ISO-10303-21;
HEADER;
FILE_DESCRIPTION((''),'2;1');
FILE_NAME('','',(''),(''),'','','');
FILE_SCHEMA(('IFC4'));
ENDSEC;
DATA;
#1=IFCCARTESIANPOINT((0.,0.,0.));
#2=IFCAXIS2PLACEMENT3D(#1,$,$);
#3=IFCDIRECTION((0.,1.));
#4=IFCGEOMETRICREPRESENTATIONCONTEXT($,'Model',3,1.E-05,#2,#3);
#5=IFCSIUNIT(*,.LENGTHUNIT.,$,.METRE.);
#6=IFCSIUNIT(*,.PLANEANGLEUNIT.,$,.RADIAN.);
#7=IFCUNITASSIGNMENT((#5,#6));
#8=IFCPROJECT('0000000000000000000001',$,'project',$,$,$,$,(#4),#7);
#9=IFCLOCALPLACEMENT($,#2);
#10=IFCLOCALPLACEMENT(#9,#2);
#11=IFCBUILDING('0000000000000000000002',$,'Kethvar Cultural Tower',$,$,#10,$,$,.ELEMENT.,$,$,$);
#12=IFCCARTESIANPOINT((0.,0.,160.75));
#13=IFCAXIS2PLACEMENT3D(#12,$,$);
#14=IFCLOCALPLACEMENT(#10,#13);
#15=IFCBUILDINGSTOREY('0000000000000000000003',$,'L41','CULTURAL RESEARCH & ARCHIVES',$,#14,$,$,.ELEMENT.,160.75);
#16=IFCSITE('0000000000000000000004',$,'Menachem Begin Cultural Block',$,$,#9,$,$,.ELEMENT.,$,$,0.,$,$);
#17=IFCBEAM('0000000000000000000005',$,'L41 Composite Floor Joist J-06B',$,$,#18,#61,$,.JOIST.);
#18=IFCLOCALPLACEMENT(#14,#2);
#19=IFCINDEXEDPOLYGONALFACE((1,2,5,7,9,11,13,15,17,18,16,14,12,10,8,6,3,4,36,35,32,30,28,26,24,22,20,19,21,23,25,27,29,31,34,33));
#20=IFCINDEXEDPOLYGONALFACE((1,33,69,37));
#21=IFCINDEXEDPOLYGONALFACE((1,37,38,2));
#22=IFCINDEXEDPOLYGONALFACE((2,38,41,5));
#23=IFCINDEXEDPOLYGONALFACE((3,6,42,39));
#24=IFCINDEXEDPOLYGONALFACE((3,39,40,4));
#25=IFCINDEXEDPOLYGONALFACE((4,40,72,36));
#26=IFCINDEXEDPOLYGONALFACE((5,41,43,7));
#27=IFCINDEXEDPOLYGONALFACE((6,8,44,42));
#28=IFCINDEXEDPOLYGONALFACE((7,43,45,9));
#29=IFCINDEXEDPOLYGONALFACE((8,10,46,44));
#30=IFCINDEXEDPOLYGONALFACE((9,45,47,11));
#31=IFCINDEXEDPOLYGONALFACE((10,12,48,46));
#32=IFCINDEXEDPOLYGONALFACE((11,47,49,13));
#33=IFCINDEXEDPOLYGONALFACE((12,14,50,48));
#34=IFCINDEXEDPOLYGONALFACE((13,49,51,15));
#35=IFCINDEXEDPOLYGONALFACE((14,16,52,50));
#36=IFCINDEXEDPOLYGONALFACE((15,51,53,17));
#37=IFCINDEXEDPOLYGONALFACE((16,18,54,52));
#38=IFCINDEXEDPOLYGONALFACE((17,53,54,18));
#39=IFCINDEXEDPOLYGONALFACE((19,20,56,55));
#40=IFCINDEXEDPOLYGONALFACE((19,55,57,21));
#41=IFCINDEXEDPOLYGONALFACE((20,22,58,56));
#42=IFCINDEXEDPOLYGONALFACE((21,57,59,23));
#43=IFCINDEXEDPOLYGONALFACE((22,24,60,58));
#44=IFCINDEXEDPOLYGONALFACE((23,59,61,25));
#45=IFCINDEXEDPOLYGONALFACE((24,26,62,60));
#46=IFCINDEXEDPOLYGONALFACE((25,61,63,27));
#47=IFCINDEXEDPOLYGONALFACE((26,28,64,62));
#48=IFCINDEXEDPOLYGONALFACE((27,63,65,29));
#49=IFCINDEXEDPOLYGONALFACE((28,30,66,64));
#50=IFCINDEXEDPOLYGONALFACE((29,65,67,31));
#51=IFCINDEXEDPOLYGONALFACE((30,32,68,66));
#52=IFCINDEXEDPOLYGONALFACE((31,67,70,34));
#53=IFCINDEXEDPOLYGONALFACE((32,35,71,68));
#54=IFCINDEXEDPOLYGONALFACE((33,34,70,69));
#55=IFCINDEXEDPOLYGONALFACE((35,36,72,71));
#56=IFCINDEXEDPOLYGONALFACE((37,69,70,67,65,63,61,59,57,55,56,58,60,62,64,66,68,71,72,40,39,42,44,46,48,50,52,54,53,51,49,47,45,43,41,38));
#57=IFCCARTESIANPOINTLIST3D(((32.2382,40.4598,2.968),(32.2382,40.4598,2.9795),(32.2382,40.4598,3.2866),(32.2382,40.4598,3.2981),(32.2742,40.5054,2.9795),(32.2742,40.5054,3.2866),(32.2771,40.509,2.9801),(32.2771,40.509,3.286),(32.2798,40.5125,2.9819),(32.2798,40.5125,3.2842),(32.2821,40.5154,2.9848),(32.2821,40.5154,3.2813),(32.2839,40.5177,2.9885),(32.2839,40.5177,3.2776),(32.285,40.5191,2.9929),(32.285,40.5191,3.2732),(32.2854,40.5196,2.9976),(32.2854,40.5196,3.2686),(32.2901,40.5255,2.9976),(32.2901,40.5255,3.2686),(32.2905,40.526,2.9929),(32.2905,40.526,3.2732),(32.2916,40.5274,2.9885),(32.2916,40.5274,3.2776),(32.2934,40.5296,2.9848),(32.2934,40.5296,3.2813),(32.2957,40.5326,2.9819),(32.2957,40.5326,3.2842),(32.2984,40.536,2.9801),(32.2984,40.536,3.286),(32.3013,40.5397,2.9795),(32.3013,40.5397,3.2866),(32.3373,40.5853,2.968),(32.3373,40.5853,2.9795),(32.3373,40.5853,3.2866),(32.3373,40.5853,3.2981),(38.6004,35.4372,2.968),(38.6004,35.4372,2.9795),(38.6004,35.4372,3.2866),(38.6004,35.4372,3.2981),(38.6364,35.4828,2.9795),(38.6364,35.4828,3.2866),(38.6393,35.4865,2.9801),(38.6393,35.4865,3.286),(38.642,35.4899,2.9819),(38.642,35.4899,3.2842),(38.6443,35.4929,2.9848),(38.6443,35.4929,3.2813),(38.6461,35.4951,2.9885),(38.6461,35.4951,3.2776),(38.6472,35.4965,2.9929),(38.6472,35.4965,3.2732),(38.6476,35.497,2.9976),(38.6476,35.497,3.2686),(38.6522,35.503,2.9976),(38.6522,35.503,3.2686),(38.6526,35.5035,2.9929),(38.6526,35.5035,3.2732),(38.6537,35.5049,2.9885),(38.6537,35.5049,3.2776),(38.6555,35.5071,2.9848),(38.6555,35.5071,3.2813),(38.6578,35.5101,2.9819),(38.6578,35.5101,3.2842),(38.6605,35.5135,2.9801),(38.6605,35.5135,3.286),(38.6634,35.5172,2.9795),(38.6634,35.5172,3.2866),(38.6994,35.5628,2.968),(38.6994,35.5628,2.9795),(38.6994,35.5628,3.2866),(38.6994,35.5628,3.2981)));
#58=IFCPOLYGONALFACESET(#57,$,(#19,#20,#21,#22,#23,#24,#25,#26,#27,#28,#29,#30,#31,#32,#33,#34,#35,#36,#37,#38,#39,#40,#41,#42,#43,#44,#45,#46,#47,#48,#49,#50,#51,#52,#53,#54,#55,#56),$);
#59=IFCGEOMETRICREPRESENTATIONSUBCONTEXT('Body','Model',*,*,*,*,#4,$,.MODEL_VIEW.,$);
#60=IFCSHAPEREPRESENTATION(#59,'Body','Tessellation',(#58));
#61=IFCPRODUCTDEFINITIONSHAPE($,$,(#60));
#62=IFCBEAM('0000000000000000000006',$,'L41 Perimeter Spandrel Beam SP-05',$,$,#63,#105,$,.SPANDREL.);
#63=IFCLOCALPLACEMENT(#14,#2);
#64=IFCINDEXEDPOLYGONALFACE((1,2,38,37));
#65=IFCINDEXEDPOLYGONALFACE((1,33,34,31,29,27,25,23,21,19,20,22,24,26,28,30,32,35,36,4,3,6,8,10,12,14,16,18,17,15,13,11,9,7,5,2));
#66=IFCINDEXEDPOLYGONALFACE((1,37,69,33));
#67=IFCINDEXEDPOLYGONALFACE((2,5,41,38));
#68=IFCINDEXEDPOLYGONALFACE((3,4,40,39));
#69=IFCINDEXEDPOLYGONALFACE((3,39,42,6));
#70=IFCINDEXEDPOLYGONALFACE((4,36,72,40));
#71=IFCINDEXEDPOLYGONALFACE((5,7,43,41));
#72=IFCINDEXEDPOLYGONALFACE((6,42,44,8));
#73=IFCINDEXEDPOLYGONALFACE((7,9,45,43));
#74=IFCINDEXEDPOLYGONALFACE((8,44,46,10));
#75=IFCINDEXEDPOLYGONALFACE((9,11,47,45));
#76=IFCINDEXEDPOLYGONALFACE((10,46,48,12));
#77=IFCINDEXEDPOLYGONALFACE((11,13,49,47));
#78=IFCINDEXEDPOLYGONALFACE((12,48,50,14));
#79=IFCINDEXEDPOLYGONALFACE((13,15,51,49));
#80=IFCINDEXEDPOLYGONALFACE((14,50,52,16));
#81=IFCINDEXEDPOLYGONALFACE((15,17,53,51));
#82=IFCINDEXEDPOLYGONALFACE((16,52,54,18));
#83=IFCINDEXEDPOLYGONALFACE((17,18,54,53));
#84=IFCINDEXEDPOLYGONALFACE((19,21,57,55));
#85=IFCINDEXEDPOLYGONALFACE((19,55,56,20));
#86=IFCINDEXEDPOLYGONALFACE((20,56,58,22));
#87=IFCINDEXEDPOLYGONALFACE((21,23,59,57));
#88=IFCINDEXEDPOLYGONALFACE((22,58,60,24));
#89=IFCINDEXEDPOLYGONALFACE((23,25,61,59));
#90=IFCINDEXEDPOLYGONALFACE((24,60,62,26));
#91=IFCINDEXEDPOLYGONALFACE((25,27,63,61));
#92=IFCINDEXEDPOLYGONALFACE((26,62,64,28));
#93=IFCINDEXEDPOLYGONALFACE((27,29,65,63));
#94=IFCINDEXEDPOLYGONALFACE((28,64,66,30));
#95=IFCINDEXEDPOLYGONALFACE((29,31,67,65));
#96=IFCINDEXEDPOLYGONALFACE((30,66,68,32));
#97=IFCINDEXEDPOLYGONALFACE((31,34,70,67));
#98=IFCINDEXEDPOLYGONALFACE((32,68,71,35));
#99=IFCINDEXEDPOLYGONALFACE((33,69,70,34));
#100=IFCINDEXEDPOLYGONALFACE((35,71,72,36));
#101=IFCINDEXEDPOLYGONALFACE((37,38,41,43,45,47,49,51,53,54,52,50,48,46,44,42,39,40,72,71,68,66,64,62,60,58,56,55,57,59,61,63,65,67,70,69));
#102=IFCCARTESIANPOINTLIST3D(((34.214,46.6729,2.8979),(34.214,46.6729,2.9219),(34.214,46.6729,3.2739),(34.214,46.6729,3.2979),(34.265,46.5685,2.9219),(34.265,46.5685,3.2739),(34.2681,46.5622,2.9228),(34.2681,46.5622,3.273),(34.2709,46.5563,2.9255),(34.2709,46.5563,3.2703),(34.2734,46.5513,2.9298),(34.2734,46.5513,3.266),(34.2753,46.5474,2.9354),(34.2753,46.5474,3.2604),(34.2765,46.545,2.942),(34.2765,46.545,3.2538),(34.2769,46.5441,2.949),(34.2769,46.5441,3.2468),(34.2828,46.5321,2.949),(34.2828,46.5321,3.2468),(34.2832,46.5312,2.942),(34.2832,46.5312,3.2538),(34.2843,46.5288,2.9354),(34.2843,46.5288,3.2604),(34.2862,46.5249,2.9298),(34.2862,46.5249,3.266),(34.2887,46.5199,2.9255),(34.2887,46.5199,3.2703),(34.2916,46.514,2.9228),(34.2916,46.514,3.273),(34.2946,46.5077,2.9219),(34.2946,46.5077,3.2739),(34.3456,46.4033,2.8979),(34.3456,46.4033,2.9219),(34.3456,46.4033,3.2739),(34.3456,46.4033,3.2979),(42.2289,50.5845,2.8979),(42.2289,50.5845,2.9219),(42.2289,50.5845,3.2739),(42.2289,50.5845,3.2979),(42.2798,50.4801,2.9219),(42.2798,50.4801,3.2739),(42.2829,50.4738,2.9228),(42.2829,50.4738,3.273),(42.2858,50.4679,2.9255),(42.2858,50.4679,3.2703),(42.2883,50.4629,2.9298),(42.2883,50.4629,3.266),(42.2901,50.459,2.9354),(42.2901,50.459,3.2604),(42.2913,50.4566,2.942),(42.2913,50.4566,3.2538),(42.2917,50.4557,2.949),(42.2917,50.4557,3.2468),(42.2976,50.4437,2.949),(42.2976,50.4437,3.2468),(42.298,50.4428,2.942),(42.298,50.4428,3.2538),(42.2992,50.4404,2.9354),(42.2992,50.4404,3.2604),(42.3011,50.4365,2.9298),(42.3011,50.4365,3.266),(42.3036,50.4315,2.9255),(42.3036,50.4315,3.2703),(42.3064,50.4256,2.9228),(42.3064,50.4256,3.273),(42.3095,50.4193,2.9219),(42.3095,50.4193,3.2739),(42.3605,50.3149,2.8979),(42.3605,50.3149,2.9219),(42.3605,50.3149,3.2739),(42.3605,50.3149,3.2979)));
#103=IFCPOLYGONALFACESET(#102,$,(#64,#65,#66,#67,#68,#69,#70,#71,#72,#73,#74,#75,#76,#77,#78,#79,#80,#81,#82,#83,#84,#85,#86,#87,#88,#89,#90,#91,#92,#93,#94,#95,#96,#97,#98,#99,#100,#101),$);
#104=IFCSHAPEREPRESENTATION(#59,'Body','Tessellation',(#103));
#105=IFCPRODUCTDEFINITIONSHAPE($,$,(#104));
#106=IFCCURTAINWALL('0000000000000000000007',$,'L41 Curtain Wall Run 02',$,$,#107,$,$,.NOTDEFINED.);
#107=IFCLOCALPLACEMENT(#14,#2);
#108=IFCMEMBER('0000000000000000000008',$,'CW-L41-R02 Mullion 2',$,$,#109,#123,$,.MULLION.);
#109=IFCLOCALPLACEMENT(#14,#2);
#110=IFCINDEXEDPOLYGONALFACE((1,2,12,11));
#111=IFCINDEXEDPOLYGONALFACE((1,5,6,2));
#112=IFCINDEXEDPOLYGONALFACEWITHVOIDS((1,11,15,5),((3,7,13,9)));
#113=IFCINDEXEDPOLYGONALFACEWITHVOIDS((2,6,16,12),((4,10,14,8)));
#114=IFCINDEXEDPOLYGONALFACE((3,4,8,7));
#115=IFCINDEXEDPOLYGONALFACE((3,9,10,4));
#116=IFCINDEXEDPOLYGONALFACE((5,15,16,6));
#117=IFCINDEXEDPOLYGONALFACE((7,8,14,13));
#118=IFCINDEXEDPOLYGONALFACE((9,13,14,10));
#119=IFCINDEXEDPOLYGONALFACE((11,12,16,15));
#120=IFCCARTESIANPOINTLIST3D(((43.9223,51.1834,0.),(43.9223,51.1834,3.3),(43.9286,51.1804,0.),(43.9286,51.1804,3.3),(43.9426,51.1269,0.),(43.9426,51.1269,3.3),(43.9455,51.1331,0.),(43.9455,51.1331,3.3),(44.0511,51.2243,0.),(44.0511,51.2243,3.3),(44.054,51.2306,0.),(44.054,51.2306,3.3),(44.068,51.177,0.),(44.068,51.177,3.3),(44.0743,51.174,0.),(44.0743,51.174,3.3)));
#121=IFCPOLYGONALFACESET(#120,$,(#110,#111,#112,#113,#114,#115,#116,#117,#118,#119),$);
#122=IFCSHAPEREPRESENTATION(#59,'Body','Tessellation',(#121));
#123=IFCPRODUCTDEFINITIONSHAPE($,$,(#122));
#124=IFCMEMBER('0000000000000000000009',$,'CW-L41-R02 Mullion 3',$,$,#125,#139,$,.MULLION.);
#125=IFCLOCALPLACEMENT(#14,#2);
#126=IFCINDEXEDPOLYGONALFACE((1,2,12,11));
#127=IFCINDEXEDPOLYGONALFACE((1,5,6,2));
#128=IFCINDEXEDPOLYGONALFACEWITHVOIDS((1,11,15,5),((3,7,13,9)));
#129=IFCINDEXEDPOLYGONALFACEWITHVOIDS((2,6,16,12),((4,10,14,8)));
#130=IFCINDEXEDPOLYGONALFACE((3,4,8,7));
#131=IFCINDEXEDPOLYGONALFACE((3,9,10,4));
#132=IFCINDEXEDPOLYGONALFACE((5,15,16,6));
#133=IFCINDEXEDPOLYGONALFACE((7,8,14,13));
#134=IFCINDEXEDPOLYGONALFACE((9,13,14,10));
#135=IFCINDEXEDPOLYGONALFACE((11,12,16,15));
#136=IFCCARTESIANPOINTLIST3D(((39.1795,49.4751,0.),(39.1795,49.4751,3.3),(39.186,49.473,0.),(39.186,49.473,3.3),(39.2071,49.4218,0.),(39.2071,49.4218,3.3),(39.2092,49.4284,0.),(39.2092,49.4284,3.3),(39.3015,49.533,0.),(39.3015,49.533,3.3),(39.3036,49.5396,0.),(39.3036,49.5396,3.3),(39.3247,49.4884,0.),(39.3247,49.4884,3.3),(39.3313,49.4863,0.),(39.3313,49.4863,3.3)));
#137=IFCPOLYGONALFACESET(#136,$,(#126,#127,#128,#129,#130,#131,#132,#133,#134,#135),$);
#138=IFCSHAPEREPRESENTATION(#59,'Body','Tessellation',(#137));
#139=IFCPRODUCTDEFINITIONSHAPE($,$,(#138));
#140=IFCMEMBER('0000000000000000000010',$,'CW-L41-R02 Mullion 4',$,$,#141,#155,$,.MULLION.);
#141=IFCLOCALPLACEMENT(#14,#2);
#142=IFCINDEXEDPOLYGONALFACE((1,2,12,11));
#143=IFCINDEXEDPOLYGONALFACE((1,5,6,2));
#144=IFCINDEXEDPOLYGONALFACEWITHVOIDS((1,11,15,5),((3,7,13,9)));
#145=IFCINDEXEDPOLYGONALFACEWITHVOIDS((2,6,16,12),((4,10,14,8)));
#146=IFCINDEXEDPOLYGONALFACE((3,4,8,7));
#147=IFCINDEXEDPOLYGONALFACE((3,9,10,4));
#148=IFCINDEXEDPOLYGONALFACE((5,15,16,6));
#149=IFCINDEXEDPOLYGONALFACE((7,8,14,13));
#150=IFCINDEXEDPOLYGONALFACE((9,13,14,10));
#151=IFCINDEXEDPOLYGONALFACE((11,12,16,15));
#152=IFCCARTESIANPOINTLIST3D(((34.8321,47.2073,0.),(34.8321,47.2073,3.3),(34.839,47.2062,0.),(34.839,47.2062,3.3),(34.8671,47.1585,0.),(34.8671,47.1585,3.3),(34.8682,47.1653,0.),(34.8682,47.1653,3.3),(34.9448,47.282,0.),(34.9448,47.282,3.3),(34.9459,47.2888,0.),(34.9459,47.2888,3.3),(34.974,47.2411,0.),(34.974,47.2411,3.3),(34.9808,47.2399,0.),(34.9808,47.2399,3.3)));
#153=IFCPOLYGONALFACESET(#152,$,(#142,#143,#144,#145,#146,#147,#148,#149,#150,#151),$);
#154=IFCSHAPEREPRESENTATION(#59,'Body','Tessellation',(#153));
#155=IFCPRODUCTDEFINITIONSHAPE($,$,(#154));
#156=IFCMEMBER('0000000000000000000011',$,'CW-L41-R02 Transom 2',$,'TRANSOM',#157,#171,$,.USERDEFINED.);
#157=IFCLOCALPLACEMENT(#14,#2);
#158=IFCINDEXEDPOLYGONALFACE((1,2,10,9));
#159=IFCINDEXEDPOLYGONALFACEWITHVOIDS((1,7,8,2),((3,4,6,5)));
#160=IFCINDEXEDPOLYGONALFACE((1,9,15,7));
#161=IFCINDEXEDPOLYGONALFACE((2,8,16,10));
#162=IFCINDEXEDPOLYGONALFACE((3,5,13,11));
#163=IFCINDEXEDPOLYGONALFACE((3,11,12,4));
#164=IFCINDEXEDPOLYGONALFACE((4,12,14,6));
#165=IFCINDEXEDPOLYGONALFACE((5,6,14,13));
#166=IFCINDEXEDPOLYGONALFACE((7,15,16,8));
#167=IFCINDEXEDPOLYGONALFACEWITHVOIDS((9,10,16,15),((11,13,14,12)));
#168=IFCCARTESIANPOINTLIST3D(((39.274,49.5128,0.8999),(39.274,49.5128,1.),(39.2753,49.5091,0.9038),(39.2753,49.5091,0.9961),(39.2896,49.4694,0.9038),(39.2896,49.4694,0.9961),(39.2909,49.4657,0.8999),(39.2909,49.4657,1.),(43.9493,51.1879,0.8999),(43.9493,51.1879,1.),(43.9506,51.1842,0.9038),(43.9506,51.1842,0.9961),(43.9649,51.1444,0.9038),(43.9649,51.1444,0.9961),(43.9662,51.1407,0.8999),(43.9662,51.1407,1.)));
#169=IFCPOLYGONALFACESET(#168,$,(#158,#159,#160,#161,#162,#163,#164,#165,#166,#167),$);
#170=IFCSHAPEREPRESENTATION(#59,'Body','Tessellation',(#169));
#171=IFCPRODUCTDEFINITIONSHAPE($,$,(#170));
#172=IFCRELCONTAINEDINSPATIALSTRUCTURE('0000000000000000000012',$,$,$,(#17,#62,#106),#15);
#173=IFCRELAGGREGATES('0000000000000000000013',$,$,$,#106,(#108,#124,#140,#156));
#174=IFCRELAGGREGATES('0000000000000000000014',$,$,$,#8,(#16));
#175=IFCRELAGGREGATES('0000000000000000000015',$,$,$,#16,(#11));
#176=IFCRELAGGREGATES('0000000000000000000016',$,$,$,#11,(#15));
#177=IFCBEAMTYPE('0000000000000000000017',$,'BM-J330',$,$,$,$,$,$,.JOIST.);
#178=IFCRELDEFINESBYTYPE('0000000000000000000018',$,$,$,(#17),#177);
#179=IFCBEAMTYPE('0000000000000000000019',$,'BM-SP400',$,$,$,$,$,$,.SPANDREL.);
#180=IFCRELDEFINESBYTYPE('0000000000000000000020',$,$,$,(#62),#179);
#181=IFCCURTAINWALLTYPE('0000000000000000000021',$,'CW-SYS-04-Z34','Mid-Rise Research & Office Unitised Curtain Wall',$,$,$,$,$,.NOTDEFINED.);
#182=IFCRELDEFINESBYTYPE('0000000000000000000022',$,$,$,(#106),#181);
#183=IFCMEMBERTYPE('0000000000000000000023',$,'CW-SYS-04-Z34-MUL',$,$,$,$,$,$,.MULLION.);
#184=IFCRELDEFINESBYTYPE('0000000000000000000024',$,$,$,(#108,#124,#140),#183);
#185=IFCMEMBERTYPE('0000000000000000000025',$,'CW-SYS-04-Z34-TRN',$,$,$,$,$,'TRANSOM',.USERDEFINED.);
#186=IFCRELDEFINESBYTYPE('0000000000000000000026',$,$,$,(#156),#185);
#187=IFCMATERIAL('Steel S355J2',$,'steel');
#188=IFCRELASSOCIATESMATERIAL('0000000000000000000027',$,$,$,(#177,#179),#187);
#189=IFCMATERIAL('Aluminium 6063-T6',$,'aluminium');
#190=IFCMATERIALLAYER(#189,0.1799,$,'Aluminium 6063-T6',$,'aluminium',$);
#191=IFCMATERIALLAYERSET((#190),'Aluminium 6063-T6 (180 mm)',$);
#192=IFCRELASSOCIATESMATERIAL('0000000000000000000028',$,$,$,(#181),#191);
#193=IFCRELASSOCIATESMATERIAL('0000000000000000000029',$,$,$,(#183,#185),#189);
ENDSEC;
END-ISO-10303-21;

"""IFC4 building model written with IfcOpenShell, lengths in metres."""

from ifc_helpers import new_model, si_unit, direction, frame, origin, origin_2d, place, context, subcontext, project, spatial, hollow_rectangle, i_section, extrude, source, transform, mapped, material, layer, layer_set, material_profile, profile_set, type_object, element, aggregate, save


model = new_model("IFC4")

# Units and contexts
model_context = context("Model", 3, precision=1e-05, world=origin(), true_north=direction((0.0, 1.0)))
body_context = subcontext(model_context, "Body", "Model", "MODEL_VIEW")
ifc_project = project(units=[si_unit("LENGTHUNIT", "METRE"), si_unit("PLANEANGLEUNIT", "RADIAN")], contexts=[model_context])

# Site, building, storey
site_placement = place(None, origin())
site = spatial("IfcSite", under=ifc_project, at=site_placement, Name="Menachem Begin Cultural Block", CompositionType="ELEMENT", RefElevation=0.0)
building_placement = place(site_placement, origin())
building = spatial("IfcBuilding", under=site, at=building_placement, Name="Kethvar Cultural Tower", CompositionType="ELEMENT")
storey_placement = place(building_placement, frame((0.0, 0.0, 160.75)))
storey = spatial("IfcBuildingStorey", under=building, at=storey_placement, Name="L41", Description="CULTURAL RESEARCH & ARCHIVES", CompositionType="ELEMENT", Elevation=160.75)

# Beams
ifc_material_1 = material(Name="Steel S355J2", Category="steel")
ifc_material_profile_1 = material_profile(ifc_material_1, i_section(OverallWidth=0.1599, OverallDepth=0.3301, WebThickness=0.0076, FlangeThickness=0.0115, FilletRadius=0.0181, at=origin_2d()), Name="Steel S355J2 — IPE330")
ifc_profile_set_1 = profile_set([ifc_material_profile_1], Name="Steel S355J2 — IPE330")
beam_type_1 = type_object("IfcBeamType", Name="BM-J330", PredefinedType="JOIST", material=ifc_profile_set_1)
shared_shape_1 = source(origin(), body_context, "Body", "SweptSolid", [
    extrude(i_section(OverallWidth=0.1599, OverallDepth=0.3301, WebThickness=0.0076, FlangeThickness=0.0115, FilletRadius=0.0181, at=origin_2d()), origin(), (0.0, 0.0, 1.0), 8.1057),
])
beam_1_placement = place(storey_placement, frame((38.6499, 35.5, 3.1331), z_axis=(-0.784896, 0.619628, 0.0), x_axis=(-0.619628, -0.784896, 0.0)))
element("IfcBeam", 1, at=beam_1_placement, inside=storey, type_object=beam_type_1, Name="L41 Composite Floor Joist J-06B", PredefinedType="JOIST", context=body_context, shape_type="MappedRepresentation", body=[
    mapped(shared_shape_1, transform((0.0, 0.0, 0.0), scale=1.0)),
])
ifc_material_profile_2 = material_profile(ifc_material_1, i_section(OverallWidth=0.3, OverallDepth=0.3999, WebThickness=0.0134, FlangeThickness=0.0239, FilletRadius=0.0271, at=origin_2d()), Name="Steel S355J2 — HEB400")
ifc_profile_set_2 = profile_set([ifc_material_profile_2], Name="Steel S355J2 — HEB400")
beam_type_2 = type_object("IfcBeamType", Name="BM-SP400", PredefinedType="SPANDREL", material=ifc_profile_set_2)
shared_shape_2 = source(origin(), body_context, "Body", "SweptSolid", [
    extrude(i_section(OverallWidth=0.3, OverallDepth=0.3999, WebThickness=0.0134, FlangeThickness=0.0239, FilletRadius=0.0271, at=origin_2d()), origin(), (0.0, 0.0, 1.0), 8.9185),
])
beam_2_placement = place(storey_placement, frame((42.2947, 50.4497, 3.0979), z_axis=(-0.898684, -0.438597, 0.0), x_axis=(0.438597, -0.898684, 0.0)))
element("IfcBeam", 2, at=beam_2_placement, inside=storey, type_object=beam_type_2, Name="L41 Perimeter Spandrel Beam SP-05", PredefinedType="SPANDREL", context=body_context, shape_type="MappedRepresentation", body=[
    mapped(shared_shape_2, transform((0.0, 0.0, 0.0), scale=1.0)),
])

# Curtain wall, members
ifc_material_2 = material(Name="Aluminium 6063-T6", Category="aluminium")
ifc_layer_1 = layer(ifc_material_2, 0.1799, Name="Aluminium 6063-T6", Category="aluminium")
ifc_layer_set_1 = layer_set([ifc_layer_1], Name="Aluminium 6063-T6 (180 mm)")
curtain_wall_type = type_object("IfcCurtainWallType", Name="CW-SYS-04-Z34", Description="Mid-Rise Research & Office Unitised Curtain Wall", PredefinedType="NOTDEFINED", material=ifc_layer_set_1)
curtain_wall_placement = place(storey_placement, origin())
curtain_wall = element("IfcCurtainWall", 3, at=curtain_wall_placement, inside=storey, type_object=curtain_wall_type, Name="L41 Curtain Wall Run 02", PredefinedType="NOTDEFINED")
ifc_material_profile_3 = material_profile(ifc_material_2, hollow_rectangle(XDim=0.0601, YDim=0.1399, WallThickness=0.0049, at=origin_2d()), Name="Aluminium 6063-T6 — RHS140x60x5")
ifc_profile_set_3 = profile_set([ifc_material_profile_3], Name="Aluminium 6063-T6 — RHS140x60x5")
member_type_1 = type_object("IfcMemberType", Name="CW-SYS-04-Z34-MUL", PredefinedType="MULLION", material=ifc_profile_set_3)
shared_shape_3 = source(origin(), body_context, "Body", "SweptSolid", [
    extrude(hollow_rectangle(XDim=0.0601, YDim=0.1399, WallThickness=0.0049, at=origin_2d()), origin(), (0.0, 0.0, 1.0), 3.3),
])
member_1_placement = place(storey_placement, frame((43.9983, 51.1787, 0.0), z_axis=(0.0, 0.0, 1.0), x_axis=(0.337243, -0.941418, 0.0)))
member_1 = element("IfcMember", 4, at=member_1_placement, type_object=member_type_1, Name="CW-L41-R02 Mullion 2", PredefinedType="MULLION", context=body_context, shape_type="MappedRepresentation", body=[
    mapped(shared_shape_3, transform((0.0, 0.0, 0.0), scale=1.0)),
])
member_2_placement = place(storey_placement, frame((39.2554, 49.4807, 0.0), z_axis=(0.0, 0.0, 1.0), x_axis=(0.460866, -0.88747, 0.0)))
member_2 = element("IfcMember", 5, at=member_2_placement, type_object=member_type_1, Name="CW-L41-R02 Mullion 3", PredefinedType="MULLION", context=body_context, shape_type="MappedRepresentation", body=[
    mapped(shared_shape_3, transform((0.0, 0.0, 0.0), scale=1.0)),
])
member_3_placement = place(storey_placement, frame((34.9065, 47.2236, 0.0), z_axis=(0.0, 0.0, 1.0), x_axis=(0.582166, -0.81307, 0.0)))
member_3 = element("IfcMember", 6, at=member_3_placement, type_object=member_type_1, Name="CW-L41-R02 Mullion 4", PredefinedType="MULLION", context=body_context, shape_type="MappedRepresentation", body=[
    mapped(shared_shape_3, transform((0.0, 0.0, 0.0), scale=1.0)),
])
ifc_material_profile_4 = material_profile(ifc_material_2, hollow_rectangle(XDim=0.05, YDim=0.1001, WallThickness=0.0039, at=origin_2d()), Name="Aluminium 6063-T6 — RHS100x50x4")
ifc_profile_set_4 = profile_set([ifc_material_profile_4], Name="Aluminium 6063-T6 — RHS100x50x4")
member_type_2 = type_object("IfcMemberType", Name="CW-SYS-04-Z34-TRN", ElementType="TRANSOM", PredefinedType="USERDEFINED", material=ifc_profile_set_4)
shared_shape_4 = source(origin(), body_context, "Body", "SweptSolid", [
    extrude(hollow_rectangle(XDim=0.05, YDim=0.1001, WallThickness=0.0039, at=origin_2d()), origin(), (0.0, 0.0, 1.0), 4.9663),
])
member_4_placement = place(storey_placement, frame((43.9578, 51.1643, 0.95), z_axis=(-0.941403, -0.337283, 0.0), x_axis=(0.337283, -0.941403, 0.0)))
member_4 = element("IfcMember", 7, at=member_4_placement, type_object=member_type_2, Name="CW-L41-R02 Transom 2", ObjectType="TRANSOM", PredefinedType="USERDEFINED", context=body_context, shape_type="MappedRepresentation", body=[
    mapped(shared_shape_4, transform((0.0, 0.0, 0.0), scale=1.0)),
])
aggregate(curtain_wall, [member_1, member_2, member_3, member_4])

save(model, "model.ifc")
